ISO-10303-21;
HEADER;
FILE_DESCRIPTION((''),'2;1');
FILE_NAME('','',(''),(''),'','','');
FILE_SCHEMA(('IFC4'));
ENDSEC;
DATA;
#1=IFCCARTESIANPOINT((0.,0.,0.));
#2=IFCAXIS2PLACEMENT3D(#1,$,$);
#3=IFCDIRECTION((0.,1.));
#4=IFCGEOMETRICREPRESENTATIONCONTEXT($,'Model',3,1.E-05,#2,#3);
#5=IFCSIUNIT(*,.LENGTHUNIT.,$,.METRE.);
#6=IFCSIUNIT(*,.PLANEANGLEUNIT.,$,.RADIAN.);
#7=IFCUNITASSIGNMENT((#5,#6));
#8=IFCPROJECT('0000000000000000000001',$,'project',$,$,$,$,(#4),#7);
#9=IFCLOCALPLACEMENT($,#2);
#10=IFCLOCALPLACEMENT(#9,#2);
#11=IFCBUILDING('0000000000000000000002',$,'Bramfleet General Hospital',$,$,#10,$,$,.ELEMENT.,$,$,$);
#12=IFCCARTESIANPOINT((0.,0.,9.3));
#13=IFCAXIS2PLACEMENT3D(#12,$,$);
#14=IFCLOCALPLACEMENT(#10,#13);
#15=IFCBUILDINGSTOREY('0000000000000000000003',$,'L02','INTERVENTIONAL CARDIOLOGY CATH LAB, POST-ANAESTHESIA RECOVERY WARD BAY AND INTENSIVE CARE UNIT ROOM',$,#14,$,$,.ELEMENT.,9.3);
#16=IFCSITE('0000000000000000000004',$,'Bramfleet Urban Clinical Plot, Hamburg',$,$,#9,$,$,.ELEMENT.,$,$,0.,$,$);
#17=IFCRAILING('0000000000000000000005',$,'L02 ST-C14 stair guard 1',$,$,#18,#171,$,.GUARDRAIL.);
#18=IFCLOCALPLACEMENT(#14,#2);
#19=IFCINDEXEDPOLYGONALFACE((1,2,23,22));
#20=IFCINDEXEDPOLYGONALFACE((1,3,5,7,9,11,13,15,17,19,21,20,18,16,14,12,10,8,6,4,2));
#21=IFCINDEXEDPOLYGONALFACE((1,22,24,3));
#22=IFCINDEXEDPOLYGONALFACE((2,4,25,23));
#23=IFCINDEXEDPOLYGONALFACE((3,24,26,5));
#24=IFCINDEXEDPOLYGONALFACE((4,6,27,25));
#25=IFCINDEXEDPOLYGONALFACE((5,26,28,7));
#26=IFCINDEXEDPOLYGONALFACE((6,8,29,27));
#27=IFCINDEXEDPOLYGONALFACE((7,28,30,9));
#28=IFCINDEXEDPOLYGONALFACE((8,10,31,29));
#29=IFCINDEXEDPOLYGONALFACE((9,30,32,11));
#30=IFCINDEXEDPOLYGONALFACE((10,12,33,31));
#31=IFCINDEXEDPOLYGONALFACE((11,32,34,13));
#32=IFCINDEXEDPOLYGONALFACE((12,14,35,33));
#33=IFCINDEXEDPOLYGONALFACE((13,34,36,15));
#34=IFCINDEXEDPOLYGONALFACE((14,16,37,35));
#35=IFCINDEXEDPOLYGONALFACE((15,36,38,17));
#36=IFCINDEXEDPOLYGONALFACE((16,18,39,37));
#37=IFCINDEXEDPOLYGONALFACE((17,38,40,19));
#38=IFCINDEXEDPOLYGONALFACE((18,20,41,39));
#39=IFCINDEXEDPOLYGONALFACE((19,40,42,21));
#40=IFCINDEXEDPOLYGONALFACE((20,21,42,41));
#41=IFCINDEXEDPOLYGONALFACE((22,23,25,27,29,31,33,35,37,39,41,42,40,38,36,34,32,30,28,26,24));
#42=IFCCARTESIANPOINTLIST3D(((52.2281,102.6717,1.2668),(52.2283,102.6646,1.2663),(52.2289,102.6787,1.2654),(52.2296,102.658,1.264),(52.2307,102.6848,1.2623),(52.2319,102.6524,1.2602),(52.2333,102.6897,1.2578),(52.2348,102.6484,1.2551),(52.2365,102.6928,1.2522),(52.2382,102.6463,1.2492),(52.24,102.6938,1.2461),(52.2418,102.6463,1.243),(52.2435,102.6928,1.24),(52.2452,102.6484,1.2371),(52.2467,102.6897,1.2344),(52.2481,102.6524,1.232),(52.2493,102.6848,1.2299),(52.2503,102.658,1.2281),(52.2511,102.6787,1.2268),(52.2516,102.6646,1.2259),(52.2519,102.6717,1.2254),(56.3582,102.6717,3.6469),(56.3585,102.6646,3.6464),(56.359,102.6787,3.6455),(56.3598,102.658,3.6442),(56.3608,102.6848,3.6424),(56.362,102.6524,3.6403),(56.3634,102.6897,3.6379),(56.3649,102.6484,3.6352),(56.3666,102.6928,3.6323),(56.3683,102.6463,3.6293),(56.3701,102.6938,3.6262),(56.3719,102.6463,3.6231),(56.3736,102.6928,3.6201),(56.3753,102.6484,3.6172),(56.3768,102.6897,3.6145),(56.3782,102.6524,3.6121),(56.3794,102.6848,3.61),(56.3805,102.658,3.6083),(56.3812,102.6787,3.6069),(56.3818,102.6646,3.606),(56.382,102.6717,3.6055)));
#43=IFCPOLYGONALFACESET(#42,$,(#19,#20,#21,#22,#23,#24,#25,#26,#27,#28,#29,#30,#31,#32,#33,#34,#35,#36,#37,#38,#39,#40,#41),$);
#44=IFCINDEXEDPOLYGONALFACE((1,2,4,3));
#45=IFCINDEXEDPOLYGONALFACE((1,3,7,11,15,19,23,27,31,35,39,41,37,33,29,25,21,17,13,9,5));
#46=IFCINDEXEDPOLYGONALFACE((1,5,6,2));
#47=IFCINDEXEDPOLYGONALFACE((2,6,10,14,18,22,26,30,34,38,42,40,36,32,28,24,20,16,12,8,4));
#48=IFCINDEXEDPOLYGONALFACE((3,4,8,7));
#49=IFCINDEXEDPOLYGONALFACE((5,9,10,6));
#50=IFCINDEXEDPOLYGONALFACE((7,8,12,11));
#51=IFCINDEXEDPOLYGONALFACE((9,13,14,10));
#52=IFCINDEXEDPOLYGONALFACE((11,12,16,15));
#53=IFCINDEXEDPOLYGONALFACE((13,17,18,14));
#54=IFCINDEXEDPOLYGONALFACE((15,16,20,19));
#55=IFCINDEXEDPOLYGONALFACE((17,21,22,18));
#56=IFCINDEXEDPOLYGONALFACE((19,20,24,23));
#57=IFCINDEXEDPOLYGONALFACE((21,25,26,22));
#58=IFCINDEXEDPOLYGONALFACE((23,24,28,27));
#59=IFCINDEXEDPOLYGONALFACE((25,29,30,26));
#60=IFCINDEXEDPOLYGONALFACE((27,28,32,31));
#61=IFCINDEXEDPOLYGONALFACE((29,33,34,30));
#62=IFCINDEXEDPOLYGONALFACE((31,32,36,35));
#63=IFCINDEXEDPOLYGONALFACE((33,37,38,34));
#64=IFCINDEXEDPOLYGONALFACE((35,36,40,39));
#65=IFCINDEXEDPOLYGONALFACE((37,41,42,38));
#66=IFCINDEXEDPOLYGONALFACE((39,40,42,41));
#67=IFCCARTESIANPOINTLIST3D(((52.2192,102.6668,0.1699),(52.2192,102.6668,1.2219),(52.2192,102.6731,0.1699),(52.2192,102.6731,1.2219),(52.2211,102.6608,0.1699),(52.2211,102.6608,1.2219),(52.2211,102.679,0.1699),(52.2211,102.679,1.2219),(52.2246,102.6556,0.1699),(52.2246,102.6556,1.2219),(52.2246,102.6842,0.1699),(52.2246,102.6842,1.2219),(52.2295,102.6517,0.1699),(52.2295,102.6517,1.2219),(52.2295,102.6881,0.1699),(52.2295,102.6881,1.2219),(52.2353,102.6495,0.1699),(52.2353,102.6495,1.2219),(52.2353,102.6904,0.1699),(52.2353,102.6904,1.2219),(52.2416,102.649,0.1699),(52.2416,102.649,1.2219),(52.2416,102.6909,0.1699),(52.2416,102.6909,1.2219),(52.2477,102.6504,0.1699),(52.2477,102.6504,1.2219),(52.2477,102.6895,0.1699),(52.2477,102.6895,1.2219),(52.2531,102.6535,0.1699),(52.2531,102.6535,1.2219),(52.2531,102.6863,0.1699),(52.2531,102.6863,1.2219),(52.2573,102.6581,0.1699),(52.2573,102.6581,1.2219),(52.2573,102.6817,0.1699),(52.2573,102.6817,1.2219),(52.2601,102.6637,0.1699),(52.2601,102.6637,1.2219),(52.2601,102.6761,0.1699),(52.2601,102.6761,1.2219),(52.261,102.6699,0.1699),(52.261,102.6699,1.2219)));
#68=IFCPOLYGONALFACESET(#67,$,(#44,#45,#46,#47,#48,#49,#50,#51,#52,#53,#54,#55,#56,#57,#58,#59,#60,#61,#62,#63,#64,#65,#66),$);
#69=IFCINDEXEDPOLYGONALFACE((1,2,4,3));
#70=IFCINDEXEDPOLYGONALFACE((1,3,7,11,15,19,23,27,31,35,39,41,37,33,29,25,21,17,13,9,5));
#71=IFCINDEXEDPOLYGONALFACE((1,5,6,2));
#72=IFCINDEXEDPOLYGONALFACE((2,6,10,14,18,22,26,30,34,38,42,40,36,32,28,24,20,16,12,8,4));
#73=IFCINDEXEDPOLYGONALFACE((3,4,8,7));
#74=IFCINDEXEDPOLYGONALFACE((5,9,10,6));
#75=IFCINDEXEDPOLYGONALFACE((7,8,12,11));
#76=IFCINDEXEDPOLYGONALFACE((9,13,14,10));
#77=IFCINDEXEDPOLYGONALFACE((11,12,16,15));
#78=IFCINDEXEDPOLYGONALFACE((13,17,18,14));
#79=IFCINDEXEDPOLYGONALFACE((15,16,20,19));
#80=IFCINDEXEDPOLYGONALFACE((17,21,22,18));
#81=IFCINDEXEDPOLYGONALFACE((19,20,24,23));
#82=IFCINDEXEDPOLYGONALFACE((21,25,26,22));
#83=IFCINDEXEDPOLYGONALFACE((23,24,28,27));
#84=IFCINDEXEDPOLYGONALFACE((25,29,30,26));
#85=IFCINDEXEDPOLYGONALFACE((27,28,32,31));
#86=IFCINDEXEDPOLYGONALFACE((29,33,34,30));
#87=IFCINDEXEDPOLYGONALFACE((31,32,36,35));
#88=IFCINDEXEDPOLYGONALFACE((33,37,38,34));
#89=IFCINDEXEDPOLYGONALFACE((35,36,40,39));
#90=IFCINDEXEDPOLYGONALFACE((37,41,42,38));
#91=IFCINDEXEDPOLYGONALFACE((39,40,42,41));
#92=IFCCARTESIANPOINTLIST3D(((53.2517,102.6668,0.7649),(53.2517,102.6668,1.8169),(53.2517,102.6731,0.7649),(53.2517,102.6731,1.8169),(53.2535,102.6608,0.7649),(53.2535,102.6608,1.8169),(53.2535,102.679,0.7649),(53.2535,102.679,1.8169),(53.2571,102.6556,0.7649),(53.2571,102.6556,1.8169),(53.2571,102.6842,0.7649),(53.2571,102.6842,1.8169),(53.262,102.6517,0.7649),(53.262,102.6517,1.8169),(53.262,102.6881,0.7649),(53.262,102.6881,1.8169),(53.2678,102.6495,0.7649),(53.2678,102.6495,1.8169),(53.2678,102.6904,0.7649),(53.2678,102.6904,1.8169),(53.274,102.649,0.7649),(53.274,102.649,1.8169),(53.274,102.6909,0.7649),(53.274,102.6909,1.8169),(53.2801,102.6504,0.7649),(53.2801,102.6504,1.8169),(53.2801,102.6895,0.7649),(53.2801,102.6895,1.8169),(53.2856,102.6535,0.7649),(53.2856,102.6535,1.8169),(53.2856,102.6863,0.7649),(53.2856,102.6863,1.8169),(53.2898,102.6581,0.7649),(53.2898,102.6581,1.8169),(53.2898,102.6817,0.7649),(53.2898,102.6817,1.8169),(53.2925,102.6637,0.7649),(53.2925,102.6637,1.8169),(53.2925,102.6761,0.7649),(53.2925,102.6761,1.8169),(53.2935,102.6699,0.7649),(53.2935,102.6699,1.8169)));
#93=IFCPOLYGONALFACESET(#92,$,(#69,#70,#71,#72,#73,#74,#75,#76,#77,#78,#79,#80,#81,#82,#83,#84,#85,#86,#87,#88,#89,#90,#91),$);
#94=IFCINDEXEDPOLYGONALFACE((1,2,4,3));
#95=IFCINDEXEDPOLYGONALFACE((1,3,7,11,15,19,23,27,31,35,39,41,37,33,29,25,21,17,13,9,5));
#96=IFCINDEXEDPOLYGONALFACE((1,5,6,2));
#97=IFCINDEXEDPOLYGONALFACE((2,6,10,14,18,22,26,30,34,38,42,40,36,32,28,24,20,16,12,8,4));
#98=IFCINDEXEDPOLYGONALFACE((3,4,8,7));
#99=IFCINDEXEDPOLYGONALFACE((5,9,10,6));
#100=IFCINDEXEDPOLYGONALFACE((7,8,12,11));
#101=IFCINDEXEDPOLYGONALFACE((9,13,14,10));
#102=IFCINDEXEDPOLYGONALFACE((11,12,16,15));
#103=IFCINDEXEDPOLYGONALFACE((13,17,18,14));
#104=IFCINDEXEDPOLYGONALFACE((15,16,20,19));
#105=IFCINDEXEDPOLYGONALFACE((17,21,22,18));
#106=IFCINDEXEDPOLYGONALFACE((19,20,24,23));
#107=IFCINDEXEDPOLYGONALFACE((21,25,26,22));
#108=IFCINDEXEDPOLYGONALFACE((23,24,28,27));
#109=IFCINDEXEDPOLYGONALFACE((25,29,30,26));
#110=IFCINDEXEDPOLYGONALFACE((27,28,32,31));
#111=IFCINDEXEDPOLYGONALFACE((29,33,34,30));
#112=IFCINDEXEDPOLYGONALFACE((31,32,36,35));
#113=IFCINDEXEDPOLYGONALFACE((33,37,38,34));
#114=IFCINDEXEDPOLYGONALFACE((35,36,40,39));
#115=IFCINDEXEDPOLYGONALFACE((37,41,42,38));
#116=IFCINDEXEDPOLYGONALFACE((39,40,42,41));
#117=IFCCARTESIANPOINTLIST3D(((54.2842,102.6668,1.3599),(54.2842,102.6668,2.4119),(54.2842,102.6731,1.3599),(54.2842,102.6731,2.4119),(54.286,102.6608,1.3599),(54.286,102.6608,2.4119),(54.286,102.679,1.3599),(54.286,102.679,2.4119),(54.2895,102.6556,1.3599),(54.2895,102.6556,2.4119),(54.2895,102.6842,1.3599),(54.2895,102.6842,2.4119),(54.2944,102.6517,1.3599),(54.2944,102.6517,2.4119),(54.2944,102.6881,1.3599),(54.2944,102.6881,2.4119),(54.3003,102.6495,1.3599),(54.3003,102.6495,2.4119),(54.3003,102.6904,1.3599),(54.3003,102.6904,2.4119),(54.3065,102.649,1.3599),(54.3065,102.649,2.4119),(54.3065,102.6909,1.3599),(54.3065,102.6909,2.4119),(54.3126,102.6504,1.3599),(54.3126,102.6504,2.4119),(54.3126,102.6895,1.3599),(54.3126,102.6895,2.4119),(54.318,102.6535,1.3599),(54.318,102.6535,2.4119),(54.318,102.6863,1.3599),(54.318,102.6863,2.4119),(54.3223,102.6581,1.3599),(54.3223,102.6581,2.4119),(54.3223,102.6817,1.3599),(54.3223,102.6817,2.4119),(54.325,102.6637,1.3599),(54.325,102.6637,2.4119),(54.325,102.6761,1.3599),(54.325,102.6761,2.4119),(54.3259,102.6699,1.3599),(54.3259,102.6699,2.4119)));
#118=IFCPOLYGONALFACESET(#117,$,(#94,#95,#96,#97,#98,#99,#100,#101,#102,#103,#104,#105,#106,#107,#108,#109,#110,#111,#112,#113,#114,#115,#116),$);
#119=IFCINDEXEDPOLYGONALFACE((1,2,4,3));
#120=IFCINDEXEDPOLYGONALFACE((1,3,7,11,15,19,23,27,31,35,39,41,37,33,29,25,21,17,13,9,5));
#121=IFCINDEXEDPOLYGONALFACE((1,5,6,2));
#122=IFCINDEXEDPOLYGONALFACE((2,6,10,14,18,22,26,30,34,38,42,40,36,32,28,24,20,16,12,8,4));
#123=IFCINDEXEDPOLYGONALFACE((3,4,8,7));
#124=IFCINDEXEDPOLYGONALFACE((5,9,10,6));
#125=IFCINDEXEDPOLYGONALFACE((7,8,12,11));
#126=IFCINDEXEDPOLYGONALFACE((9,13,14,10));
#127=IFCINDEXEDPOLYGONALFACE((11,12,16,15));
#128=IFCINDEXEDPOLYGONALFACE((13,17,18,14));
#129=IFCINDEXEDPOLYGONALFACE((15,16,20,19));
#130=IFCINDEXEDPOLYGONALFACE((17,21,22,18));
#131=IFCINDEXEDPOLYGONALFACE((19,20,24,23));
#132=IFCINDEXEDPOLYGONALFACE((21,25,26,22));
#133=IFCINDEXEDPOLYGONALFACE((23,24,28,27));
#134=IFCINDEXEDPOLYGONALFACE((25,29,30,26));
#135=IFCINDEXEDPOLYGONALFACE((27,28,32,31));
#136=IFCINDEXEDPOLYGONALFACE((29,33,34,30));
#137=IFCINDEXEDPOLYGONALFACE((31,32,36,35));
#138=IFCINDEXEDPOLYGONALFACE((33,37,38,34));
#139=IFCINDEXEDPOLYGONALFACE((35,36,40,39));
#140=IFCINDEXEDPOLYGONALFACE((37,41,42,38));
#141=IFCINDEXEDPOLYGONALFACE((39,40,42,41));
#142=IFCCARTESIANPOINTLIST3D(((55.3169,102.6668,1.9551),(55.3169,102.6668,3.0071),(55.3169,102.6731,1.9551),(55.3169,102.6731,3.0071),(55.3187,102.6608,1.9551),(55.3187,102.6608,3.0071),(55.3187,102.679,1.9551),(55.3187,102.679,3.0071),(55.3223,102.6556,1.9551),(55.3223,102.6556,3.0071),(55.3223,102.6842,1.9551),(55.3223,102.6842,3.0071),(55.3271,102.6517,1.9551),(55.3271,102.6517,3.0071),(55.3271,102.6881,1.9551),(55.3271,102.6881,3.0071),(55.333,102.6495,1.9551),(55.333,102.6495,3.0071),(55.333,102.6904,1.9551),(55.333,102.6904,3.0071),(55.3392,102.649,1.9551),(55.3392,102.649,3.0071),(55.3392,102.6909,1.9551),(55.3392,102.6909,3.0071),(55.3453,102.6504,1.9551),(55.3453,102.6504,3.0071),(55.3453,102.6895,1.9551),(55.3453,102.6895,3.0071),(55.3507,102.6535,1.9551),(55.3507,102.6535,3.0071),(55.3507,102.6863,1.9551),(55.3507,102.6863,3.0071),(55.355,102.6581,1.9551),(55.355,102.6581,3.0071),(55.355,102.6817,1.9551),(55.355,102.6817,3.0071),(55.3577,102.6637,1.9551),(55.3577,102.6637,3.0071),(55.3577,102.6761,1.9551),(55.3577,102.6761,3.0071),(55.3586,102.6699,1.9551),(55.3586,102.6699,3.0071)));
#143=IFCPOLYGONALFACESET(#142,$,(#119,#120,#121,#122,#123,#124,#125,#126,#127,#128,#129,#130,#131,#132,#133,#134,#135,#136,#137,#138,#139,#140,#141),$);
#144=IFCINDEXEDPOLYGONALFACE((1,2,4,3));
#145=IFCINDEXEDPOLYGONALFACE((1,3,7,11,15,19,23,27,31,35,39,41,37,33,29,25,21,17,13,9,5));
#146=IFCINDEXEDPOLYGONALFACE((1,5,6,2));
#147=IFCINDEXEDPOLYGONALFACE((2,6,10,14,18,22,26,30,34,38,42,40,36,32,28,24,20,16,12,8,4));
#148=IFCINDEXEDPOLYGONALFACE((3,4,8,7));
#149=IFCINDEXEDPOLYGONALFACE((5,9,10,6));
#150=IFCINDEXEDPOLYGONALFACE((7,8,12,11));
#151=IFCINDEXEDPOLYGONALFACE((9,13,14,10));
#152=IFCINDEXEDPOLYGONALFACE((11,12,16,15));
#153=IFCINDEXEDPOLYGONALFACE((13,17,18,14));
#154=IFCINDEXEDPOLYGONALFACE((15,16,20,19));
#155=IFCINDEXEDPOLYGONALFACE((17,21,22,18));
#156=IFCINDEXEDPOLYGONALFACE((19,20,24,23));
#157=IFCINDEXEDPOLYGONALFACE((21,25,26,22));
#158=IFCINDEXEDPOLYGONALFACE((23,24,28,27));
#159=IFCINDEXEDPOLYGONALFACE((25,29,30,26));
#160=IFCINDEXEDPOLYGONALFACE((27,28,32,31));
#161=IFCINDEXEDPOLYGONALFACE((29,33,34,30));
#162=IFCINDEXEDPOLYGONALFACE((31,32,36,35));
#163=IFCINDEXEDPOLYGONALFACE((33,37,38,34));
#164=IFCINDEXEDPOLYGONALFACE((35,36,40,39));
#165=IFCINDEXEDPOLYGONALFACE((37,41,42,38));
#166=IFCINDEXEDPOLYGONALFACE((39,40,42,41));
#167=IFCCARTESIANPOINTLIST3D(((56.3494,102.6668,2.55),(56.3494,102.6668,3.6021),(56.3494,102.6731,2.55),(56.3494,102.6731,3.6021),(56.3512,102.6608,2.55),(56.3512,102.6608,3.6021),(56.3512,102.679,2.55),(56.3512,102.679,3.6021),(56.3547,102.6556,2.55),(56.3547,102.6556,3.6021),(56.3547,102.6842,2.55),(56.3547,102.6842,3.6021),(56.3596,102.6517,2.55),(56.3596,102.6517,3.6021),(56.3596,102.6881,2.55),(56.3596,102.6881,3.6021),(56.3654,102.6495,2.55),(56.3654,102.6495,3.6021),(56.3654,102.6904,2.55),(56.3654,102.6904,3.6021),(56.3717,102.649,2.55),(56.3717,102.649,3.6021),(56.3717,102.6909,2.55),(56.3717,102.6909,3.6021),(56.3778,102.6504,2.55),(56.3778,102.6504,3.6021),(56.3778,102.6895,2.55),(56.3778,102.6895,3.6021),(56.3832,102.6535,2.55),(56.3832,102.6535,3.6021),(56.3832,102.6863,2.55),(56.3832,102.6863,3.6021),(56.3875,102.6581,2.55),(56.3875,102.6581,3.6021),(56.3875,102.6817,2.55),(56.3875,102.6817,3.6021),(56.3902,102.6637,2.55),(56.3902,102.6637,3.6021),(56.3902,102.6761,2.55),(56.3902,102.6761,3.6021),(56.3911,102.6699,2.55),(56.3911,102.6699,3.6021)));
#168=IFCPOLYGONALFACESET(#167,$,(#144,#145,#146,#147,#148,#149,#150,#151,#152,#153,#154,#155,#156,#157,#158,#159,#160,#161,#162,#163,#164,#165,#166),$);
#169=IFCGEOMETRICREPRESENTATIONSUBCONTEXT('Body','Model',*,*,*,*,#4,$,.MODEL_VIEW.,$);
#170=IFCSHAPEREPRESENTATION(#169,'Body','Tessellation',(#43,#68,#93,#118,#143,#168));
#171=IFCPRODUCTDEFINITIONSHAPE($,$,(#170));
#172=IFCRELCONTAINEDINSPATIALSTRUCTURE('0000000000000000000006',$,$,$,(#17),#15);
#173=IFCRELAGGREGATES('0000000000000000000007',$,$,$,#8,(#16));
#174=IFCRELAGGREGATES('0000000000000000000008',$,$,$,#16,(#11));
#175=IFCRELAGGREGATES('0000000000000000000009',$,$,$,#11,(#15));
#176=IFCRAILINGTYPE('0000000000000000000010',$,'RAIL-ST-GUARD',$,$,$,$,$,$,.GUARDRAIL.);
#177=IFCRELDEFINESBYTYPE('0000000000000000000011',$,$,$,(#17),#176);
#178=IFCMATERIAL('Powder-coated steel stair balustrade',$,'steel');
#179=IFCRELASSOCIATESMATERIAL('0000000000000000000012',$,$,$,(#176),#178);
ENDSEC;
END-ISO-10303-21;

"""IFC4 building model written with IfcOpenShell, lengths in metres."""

from ifc_helpers import new_model, si_unit, direction, frame, origin, origin_2d, place, context, subcontext, project, spatial, circle, extrude, material, type_object, element, save


model = new_model("IFC4")

# Units and contexts
model_context = context("Model", 3, precision=1e-05, world=origin(), true_north=direction((0.0, 1.0)))
body_context = subcontext(model_context, "Body", "Model", "MODEL_VIEW")
ifc_project = project(units=[si_unit("LENGTHUNIT", "METRE"), si_unit("PLANEANGLEUNIT", "RADIAN")], contexts=[model_context])

# Site, building, storey
site_placement = place(None, origin())
site = spatial("IfcSite", under=ifc_project, at=site_placement, Name="Bramfleet Urban Clinical Plot, Hamburg", CompositionType="ELEMENT", RefElevation=0.0)
building_placement = place(site_placement, origin())
building = spatial("IfcBuilding", under=site, at=building_placement, Name="Bramfleet General Hospital", CompositionType="ELEMENT")
storey_placement = place(building_placement, frame((0.0, 0.0, 9.3)))
storey = spatial("IfcBuildingStorey", under=building, at=storey_placement, Name="L02", Description="INTERVENTIONAL CARDIOLOGY CATH LAB, POST-ANAESTHESIA RECOVERY WARD BAY AND INTENSIVE CARE UNIT ROOM", CompositionType="ELEMENT", Elevation=9.3)

# Railing
ifc_material_1 = material(Name="Powder-coated steel stair balustrade", Category="steel")
railing_type_1 = type_object("IfcRailingType", Name="RAIL-ST-GUARD", PredefinedType="GUARDRAIL", material=ifc_material_1)
railing_1_placement = place(storey_placement, frame((52.24, 102.6699, 0.1699)))
element("IfcRailing", 1, at=railing_1_placement, inside=storey, type_object=railing_type_1, Name="L02 ST-C14 stair guard 1", PredefinedType="GUARDRAIL", context=body_context, shape_type="SweptSolid", body=[
    extrude(circle(Radius=0.0239, at=origin_2d()), frame((0.0, 0.0, 1.0762), z_axis=(0.866425, 0.0, 0.499307), x_axis=(0.0, 1.0, 0.0)), (0.0, 0.0, 1.0), 4.7668),
    extrude(circle(Radius=0.021, at=origin_2d()), origin(), (0.0, 0.0, 1.0), 1.052),
    extrude(circle(Radius=0.021, at=origin_2d()), frame((1.0325, 0.0, 0.595)), (0.0, 0.0, 1.0), 1.052),
    extrude(circle(Radius=0.021, at=origin_2d()), frame((2.0649, 0.0, 1.1899)), (0.0, 0.0, 1.0), 1.052),
    extrude(circle(Radius=0.021, at=origin_2d()), frame((3.0977, 0.0, 1.7852)), (0.0, 0.0, 1.0), 1.052),
    extrude(circle(Radius=0.021, at=origin_2d()), frame((4.1301, 0.0, 2.3801)), (0.0, 0.0, 1.0), 1.052),
])

save(model, "model.ifc")
